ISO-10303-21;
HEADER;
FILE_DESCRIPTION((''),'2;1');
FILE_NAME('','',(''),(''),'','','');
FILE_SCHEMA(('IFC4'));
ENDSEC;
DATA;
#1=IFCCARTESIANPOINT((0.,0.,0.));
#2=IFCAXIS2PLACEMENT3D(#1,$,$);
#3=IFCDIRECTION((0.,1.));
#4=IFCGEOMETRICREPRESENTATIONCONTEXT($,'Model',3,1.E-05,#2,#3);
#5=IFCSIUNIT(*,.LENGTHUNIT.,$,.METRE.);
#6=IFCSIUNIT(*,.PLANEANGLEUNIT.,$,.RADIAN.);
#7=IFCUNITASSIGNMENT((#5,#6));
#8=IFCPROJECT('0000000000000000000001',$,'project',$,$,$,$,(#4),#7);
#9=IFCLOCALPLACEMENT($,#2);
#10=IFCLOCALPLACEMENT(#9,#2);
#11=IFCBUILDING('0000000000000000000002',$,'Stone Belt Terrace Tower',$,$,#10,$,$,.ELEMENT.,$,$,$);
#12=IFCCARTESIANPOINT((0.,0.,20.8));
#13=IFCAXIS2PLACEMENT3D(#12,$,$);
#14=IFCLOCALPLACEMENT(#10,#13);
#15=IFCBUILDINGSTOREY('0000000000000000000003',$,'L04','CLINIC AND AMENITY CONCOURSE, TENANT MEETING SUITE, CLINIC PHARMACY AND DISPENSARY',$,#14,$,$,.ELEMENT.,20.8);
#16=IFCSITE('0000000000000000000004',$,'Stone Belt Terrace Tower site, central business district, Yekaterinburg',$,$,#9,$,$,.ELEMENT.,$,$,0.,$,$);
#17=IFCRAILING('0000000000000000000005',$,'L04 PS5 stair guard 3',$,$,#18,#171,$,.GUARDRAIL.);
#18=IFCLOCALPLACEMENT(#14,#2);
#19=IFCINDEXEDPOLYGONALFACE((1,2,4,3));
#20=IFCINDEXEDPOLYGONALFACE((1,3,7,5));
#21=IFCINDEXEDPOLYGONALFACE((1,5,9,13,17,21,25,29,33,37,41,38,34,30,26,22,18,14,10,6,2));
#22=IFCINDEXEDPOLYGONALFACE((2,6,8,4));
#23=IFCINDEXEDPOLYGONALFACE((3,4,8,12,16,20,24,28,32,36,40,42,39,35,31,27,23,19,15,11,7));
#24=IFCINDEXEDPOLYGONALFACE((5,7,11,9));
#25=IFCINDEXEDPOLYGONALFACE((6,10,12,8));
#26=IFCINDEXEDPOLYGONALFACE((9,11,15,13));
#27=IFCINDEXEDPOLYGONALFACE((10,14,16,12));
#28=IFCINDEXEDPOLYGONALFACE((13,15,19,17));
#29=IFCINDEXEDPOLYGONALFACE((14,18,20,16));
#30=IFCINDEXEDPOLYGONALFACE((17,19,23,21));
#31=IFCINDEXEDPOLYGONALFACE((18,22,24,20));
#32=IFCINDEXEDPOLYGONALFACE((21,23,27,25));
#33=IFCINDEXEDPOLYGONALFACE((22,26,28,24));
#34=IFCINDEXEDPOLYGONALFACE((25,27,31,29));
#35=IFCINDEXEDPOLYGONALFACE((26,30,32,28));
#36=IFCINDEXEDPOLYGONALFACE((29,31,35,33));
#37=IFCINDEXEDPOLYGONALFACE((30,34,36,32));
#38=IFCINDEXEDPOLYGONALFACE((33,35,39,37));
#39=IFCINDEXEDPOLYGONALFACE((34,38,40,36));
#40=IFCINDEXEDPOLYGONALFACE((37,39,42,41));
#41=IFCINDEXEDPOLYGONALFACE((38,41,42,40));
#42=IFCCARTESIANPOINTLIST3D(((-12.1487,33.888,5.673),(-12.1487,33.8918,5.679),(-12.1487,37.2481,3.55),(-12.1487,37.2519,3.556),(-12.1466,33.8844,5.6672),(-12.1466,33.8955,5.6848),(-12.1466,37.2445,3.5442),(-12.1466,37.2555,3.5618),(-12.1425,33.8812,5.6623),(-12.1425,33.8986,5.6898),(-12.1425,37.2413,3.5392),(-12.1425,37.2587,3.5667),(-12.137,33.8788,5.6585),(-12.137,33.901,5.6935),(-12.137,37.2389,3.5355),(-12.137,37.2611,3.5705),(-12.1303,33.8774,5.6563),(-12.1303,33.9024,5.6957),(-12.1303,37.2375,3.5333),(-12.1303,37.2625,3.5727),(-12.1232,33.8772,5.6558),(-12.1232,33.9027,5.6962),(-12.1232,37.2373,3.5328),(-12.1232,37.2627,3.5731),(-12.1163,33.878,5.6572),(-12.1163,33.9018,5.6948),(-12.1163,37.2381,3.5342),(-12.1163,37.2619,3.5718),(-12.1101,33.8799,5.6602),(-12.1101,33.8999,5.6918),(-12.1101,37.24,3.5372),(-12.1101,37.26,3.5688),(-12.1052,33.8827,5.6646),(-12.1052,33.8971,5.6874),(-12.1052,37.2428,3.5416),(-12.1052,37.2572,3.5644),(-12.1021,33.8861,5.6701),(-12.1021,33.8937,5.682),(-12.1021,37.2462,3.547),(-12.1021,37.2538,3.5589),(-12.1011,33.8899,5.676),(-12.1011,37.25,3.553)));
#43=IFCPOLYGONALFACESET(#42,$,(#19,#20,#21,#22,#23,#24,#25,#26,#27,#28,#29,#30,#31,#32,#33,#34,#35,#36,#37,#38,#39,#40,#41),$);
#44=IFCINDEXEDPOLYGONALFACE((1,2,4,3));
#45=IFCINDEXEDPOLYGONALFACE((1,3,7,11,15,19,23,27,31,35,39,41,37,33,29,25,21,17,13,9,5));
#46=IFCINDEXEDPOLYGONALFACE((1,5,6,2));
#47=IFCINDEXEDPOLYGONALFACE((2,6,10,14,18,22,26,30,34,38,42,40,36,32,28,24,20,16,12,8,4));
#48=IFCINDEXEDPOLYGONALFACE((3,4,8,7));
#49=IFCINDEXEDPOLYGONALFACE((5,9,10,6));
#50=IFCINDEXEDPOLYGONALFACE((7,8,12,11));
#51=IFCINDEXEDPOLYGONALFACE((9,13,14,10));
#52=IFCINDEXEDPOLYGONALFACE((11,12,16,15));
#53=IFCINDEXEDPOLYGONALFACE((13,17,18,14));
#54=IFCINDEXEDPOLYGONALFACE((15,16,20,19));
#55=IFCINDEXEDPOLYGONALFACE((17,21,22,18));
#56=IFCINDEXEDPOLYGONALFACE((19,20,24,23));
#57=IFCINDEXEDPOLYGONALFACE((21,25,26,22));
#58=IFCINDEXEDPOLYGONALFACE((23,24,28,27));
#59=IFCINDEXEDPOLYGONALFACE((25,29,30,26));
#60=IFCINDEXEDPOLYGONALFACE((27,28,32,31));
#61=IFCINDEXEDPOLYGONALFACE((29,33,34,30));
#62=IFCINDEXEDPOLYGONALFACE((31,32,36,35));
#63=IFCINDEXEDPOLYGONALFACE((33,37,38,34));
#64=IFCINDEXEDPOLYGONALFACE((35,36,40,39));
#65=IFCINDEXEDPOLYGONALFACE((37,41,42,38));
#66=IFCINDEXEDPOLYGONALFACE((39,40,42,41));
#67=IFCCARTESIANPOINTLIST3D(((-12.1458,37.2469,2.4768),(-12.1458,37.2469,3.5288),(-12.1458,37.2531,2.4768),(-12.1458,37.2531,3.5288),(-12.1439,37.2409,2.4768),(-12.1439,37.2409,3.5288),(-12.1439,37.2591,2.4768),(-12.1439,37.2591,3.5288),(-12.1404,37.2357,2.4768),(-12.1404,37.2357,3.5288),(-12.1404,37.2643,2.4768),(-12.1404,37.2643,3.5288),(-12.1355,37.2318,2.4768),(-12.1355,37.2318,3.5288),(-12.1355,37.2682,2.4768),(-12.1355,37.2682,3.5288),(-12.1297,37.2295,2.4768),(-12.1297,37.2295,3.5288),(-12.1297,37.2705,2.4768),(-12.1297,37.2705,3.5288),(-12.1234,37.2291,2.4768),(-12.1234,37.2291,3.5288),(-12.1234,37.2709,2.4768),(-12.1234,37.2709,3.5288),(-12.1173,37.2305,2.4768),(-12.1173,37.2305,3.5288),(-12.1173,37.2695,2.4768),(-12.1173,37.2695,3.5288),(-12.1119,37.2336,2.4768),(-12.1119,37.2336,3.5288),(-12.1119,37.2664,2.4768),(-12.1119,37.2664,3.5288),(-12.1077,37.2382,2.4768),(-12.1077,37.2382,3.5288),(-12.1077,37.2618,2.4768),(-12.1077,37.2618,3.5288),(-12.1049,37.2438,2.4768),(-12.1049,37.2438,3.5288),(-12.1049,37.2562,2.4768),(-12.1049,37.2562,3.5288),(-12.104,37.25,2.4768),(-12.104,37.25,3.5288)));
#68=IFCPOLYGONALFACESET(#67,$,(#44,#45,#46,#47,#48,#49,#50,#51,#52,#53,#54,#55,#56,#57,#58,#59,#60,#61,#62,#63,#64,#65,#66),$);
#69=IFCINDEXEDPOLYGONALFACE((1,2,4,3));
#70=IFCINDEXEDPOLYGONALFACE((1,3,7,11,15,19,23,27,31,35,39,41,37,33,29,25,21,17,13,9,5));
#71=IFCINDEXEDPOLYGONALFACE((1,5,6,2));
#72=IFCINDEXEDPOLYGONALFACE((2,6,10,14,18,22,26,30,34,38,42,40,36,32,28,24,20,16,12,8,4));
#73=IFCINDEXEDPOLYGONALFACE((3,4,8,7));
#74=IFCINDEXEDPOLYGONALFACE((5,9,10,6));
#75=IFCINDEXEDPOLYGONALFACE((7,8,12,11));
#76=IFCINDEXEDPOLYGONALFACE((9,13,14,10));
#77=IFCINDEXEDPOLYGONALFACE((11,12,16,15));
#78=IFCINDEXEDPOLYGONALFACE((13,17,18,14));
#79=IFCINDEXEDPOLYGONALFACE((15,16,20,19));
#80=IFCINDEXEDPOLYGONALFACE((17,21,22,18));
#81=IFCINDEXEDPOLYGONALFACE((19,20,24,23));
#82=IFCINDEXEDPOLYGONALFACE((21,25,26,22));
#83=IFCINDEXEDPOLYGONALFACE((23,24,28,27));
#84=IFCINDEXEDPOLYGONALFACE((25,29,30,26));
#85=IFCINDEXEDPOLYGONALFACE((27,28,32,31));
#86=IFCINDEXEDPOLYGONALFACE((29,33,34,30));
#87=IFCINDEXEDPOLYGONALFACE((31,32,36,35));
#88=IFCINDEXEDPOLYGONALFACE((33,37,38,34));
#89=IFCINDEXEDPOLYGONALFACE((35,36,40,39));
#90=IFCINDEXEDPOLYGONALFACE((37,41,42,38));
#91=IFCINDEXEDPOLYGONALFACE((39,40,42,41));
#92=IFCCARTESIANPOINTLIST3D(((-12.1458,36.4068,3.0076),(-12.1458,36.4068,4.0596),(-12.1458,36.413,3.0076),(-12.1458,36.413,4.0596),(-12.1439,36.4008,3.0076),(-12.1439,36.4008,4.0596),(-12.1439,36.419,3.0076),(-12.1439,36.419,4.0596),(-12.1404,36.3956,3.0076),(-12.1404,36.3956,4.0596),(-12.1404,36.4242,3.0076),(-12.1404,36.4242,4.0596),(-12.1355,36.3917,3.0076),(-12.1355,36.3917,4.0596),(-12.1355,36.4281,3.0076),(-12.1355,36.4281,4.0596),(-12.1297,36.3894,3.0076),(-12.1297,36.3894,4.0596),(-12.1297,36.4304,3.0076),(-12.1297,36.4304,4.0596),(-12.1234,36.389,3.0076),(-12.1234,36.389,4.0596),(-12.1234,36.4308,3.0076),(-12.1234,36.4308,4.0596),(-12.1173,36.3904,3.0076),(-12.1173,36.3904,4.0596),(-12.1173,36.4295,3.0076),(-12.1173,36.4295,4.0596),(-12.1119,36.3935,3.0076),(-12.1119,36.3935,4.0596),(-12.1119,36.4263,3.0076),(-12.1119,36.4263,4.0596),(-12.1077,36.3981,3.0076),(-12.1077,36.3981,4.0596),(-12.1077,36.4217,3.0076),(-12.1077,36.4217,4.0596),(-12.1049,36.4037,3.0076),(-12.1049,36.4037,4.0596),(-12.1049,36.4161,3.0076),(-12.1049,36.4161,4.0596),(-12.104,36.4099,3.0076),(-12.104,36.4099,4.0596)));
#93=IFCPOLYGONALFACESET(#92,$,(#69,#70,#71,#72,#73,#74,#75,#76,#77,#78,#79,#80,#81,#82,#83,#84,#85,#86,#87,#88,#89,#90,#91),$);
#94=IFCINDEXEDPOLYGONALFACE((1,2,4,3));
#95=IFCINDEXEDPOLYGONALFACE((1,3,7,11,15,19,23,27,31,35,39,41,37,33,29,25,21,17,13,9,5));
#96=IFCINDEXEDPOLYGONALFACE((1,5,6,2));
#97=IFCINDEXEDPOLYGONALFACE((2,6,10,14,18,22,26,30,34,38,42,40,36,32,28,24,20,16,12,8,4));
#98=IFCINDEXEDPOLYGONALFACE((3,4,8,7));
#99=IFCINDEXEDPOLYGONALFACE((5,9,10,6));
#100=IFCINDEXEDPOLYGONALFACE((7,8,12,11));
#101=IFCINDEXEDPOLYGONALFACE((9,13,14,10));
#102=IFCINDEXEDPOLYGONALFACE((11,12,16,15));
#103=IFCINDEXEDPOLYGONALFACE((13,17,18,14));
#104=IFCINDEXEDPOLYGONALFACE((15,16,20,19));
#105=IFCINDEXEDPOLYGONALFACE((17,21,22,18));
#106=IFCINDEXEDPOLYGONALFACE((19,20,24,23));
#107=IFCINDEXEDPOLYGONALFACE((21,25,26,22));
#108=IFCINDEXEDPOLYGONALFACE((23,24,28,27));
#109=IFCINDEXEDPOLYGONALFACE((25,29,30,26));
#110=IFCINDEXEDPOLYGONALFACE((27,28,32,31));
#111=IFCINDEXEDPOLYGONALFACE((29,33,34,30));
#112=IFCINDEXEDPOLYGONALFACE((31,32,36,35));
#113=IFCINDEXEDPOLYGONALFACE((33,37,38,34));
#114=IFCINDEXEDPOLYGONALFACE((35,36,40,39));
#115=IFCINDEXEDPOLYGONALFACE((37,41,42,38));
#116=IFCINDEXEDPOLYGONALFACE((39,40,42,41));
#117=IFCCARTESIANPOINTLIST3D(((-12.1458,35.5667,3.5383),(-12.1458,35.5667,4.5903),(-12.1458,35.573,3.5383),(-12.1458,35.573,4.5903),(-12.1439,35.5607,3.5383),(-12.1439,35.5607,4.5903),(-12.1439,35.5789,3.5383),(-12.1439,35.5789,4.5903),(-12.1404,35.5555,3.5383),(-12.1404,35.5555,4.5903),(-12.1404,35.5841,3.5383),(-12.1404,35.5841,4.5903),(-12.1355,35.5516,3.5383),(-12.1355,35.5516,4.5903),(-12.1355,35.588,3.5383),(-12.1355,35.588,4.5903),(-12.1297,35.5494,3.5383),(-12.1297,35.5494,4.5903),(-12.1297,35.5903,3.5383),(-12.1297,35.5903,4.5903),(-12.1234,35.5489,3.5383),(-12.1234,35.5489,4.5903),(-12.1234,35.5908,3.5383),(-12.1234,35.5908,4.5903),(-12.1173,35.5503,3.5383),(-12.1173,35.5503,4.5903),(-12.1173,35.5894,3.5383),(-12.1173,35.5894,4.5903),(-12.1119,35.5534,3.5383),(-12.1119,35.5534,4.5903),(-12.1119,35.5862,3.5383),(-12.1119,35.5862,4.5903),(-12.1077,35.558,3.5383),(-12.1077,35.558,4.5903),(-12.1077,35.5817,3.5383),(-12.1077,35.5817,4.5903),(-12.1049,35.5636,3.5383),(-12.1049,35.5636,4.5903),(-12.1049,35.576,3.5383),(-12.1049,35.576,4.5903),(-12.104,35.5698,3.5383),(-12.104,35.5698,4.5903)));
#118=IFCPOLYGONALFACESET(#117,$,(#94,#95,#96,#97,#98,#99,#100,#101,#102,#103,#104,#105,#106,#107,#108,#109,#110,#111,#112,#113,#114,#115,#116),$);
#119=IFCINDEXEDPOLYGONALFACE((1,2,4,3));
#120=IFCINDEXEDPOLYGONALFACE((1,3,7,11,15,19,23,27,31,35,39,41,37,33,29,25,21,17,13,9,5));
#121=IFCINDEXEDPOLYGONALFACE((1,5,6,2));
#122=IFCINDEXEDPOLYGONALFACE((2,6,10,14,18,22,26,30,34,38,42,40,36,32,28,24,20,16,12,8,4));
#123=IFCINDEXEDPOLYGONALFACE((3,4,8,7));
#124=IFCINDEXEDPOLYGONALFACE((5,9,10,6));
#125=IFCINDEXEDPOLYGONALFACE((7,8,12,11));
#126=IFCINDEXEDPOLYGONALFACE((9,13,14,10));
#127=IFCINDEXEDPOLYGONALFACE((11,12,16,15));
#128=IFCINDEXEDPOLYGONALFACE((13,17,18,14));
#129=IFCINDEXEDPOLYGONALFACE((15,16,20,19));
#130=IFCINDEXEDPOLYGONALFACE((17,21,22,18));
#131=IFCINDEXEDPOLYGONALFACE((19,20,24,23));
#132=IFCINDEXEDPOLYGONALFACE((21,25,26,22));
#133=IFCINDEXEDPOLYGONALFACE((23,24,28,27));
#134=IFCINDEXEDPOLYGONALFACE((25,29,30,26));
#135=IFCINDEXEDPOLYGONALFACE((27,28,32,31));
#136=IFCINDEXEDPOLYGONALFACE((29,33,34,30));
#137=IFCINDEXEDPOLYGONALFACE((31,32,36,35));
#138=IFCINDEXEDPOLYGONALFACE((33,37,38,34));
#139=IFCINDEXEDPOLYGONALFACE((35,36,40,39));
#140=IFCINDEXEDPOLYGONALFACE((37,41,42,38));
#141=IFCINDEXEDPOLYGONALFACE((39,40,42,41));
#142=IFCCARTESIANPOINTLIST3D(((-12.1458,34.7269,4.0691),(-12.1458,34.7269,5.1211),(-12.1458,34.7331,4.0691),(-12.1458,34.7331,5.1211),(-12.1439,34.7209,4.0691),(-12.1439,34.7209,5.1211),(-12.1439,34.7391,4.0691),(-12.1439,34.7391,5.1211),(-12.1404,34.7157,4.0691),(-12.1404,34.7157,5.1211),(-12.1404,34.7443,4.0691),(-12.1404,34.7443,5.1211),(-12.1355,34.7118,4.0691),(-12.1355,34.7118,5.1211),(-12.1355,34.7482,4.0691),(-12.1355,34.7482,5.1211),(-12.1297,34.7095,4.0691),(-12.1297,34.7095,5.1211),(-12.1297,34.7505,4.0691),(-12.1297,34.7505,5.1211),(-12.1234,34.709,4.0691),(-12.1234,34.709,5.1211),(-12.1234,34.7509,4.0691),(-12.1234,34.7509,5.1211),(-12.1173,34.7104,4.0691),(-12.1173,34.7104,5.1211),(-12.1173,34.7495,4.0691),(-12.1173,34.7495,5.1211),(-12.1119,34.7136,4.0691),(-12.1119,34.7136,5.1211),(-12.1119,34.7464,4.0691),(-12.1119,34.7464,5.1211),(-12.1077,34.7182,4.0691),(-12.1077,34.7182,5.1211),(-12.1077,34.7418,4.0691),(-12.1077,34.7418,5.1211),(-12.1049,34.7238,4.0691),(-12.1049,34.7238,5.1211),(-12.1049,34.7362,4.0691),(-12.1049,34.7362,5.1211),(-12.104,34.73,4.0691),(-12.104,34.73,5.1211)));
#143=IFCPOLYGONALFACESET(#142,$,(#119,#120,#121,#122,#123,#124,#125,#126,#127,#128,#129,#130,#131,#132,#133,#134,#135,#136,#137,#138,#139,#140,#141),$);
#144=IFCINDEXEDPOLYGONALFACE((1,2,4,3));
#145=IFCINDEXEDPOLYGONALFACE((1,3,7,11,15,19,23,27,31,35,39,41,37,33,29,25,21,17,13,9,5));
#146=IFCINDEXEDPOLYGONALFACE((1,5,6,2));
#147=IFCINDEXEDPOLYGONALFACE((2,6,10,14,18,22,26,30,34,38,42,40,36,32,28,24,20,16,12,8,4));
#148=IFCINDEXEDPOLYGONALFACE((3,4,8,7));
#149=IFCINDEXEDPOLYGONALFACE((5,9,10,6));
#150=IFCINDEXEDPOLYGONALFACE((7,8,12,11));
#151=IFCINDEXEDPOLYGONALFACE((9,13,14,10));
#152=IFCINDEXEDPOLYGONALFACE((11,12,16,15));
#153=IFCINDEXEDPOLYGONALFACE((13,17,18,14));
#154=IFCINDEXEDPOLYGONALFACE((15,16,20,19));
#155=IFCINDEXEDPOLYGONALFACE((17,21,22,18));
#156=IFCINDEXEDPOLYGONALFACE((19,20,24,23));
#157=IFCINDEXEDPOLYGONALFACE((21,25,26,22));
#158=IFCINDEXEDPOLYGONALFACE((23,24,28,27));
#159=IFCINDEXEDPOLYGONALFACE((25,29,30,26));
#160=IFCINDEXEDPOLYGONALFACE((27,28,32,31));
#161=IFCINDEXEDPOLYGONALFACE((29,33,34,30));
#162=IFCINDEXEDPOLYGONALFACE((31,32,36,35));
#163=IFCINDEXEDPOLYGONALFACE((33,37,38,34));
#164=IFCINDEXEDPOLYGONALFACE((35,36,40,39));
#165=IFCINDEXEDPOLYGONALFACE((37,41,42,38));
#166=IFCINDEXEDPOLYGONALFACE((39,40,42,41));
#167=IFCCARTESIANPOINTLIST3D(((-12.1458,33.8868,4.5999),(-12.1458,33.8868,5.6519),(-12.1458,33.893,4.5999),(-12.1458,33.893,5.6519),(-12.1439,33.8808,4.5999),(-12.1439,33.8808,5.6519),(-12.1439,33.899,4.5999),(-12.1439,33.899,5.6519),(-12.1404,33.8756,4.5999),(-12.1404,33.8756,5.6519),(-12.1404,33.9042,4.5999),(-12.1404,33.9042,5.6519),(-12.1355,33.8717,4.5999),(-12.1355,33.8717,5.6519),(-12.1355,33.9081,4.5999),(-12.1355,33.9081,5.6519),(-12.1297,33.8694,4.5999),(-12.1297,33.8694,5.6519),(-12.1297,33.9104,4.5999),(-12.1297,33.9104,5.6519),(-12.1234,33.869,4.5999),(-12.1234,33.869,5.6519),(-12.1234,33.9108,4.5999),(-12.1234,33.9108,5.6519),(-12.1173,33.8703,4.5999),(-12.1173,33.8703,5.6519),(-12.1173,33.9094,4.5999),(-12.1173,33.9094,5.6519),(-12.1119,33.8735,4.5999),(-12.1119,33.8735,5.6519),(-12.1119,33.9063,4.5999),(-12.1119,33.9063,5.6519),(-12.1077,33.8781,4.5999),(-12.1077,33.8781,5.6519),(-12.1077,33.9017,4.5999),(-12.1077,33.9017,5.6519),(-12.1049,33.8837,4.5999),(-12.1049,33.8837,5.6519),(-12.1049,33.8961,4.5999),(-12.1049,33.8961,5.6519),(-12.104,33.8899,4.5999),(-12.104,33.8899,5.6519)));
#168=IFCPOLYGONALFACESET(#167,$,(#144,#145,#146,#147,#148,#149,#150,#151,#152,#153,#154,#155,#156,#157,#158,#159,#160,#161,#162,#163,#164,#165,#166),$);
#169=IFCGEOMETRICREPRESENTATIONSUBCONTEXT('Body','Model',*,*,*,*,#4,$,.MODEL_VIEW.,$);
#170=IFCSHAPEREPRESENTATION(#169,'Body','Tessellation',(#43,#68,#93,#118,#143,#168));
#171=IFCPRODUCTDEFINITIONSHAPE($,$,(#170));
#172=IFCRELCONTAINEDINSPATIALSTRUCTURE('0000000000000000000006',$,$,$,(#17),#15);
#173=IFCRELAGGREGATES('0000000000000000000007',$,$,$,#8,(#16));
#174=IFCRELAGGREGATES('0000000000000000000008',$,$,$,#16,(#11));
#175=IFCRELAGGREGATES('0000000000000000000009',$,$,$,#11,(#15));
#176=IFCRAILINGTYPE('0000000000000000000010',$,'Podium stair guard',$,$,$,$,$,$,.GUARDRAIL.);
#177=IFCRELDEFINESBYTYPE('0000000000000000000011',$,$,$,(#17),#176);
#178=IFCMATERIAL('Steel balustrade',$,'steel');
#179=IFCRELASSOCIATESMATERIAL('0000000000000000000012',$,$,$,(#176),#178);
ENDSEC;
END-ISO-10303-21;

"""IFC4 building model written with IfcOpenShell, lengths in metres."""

from ifc_helpers import new_model, si_unit, direction, frame, origin, origin_2d, place, context, subcontext, project, spatial, circle, extrude, material, type_object, element, save


model = new_model("IFC4")

# Units and contexts
model_context = context("Model", 3, precision=1e-05, world=origin(), true_north=direction((0.0, 1.0)))
body_context = subcontext(model_context, "Body", "Model", "MODEL_VIEW")
ifc_project = project(units=[si_unit("LENGTHUNIT", "METRE"), si_unit("PLANEANGLEUNIT", "RADIAN")], contexts=[model_context])

# Site, building, storey
site_placement = place(None, origin())
site = spatial("IfcSite", under=ifc_project, at=site_placement, Name="Stone Belt Terrace Tower site, central business district, Yekaterinburg", CompositionType="ELEMENT", RefElevation=0.0)
building_placement = place(site_placement, origin())
building = spatial("IfcBuilding", under=site, at=building_placement, Name="Stone Belt Terrace Tower", CompositionType="ELEMENT")
storey_placement = place(building_placement, frame((0.0, 0.0, 20.8)))
storey = spatial("IfcBuildingStorey", under=building, at=storey_placement, Name="L04", Description="CLINIC AND AMENITY CONCOURSE, TENANT MEETING SUITE, CLINIC PHARMACY AND DISPENSARY", CompositionType="ELEMENT", Elevation=20.8)

# Railing
ifc_material_1 = material(Name="Steel balustrade", Category="steel")
railing_type_1 = type_object("IfcRailingType", Name="Podium stair guard", PredefinedType="GUARDRAIL", material=ifc_material_1)
railing_1_placement = place(storey_placement, frame((-12.125, 37.25, 2.4768)))
element("IfcRailing", 1, at=railing_1_placement, inside=storey, type_object=railing_type_1, Name="L04 PS5 stair guard 3", PredefinedType="GUARDRAIL", context=body_context, shape_type="SweptSolid", body=[
    extrude(circle(Radius=0.0239, at=origin_2d()), frame((0.0, 0.0, 1.0762), z_axis=(0.0, -0.84539, 0.53415), x_axis=(1.0, 0.0, 0.0)), (0.0, 0.0, 1.0), 3.9746),
    extrude(circle(Radius=0.021, at=origin_2d()), origin(), (0.0, 0.0, 1.0), 1.052),
    extrude(circle(Radius=0.021, at=origin_2d()), frame((0.0, -0.8401, 0.5308)), (0.0, 0.0, 1.0), 1.052),
    extrude(circle(Radius=0.021, at=origin_2d()), frame((0.0, -1.6802, 1.0615)), (0.0, 0.0, 1.0), 1.052),
    extrude(circle(Radius=0.021, at=origin_2d()), frame((0.0, -2.52, 1.5923)), (0.0, 0.0, 1.0), 1.052),
    extrude(circle(Radius=0.021, at=origin_2d()), frame((0.0, -3.3601, 2.123)), (0.0, 0.0, 1.0), 1.052),
])

save(model, "model.ifc")
